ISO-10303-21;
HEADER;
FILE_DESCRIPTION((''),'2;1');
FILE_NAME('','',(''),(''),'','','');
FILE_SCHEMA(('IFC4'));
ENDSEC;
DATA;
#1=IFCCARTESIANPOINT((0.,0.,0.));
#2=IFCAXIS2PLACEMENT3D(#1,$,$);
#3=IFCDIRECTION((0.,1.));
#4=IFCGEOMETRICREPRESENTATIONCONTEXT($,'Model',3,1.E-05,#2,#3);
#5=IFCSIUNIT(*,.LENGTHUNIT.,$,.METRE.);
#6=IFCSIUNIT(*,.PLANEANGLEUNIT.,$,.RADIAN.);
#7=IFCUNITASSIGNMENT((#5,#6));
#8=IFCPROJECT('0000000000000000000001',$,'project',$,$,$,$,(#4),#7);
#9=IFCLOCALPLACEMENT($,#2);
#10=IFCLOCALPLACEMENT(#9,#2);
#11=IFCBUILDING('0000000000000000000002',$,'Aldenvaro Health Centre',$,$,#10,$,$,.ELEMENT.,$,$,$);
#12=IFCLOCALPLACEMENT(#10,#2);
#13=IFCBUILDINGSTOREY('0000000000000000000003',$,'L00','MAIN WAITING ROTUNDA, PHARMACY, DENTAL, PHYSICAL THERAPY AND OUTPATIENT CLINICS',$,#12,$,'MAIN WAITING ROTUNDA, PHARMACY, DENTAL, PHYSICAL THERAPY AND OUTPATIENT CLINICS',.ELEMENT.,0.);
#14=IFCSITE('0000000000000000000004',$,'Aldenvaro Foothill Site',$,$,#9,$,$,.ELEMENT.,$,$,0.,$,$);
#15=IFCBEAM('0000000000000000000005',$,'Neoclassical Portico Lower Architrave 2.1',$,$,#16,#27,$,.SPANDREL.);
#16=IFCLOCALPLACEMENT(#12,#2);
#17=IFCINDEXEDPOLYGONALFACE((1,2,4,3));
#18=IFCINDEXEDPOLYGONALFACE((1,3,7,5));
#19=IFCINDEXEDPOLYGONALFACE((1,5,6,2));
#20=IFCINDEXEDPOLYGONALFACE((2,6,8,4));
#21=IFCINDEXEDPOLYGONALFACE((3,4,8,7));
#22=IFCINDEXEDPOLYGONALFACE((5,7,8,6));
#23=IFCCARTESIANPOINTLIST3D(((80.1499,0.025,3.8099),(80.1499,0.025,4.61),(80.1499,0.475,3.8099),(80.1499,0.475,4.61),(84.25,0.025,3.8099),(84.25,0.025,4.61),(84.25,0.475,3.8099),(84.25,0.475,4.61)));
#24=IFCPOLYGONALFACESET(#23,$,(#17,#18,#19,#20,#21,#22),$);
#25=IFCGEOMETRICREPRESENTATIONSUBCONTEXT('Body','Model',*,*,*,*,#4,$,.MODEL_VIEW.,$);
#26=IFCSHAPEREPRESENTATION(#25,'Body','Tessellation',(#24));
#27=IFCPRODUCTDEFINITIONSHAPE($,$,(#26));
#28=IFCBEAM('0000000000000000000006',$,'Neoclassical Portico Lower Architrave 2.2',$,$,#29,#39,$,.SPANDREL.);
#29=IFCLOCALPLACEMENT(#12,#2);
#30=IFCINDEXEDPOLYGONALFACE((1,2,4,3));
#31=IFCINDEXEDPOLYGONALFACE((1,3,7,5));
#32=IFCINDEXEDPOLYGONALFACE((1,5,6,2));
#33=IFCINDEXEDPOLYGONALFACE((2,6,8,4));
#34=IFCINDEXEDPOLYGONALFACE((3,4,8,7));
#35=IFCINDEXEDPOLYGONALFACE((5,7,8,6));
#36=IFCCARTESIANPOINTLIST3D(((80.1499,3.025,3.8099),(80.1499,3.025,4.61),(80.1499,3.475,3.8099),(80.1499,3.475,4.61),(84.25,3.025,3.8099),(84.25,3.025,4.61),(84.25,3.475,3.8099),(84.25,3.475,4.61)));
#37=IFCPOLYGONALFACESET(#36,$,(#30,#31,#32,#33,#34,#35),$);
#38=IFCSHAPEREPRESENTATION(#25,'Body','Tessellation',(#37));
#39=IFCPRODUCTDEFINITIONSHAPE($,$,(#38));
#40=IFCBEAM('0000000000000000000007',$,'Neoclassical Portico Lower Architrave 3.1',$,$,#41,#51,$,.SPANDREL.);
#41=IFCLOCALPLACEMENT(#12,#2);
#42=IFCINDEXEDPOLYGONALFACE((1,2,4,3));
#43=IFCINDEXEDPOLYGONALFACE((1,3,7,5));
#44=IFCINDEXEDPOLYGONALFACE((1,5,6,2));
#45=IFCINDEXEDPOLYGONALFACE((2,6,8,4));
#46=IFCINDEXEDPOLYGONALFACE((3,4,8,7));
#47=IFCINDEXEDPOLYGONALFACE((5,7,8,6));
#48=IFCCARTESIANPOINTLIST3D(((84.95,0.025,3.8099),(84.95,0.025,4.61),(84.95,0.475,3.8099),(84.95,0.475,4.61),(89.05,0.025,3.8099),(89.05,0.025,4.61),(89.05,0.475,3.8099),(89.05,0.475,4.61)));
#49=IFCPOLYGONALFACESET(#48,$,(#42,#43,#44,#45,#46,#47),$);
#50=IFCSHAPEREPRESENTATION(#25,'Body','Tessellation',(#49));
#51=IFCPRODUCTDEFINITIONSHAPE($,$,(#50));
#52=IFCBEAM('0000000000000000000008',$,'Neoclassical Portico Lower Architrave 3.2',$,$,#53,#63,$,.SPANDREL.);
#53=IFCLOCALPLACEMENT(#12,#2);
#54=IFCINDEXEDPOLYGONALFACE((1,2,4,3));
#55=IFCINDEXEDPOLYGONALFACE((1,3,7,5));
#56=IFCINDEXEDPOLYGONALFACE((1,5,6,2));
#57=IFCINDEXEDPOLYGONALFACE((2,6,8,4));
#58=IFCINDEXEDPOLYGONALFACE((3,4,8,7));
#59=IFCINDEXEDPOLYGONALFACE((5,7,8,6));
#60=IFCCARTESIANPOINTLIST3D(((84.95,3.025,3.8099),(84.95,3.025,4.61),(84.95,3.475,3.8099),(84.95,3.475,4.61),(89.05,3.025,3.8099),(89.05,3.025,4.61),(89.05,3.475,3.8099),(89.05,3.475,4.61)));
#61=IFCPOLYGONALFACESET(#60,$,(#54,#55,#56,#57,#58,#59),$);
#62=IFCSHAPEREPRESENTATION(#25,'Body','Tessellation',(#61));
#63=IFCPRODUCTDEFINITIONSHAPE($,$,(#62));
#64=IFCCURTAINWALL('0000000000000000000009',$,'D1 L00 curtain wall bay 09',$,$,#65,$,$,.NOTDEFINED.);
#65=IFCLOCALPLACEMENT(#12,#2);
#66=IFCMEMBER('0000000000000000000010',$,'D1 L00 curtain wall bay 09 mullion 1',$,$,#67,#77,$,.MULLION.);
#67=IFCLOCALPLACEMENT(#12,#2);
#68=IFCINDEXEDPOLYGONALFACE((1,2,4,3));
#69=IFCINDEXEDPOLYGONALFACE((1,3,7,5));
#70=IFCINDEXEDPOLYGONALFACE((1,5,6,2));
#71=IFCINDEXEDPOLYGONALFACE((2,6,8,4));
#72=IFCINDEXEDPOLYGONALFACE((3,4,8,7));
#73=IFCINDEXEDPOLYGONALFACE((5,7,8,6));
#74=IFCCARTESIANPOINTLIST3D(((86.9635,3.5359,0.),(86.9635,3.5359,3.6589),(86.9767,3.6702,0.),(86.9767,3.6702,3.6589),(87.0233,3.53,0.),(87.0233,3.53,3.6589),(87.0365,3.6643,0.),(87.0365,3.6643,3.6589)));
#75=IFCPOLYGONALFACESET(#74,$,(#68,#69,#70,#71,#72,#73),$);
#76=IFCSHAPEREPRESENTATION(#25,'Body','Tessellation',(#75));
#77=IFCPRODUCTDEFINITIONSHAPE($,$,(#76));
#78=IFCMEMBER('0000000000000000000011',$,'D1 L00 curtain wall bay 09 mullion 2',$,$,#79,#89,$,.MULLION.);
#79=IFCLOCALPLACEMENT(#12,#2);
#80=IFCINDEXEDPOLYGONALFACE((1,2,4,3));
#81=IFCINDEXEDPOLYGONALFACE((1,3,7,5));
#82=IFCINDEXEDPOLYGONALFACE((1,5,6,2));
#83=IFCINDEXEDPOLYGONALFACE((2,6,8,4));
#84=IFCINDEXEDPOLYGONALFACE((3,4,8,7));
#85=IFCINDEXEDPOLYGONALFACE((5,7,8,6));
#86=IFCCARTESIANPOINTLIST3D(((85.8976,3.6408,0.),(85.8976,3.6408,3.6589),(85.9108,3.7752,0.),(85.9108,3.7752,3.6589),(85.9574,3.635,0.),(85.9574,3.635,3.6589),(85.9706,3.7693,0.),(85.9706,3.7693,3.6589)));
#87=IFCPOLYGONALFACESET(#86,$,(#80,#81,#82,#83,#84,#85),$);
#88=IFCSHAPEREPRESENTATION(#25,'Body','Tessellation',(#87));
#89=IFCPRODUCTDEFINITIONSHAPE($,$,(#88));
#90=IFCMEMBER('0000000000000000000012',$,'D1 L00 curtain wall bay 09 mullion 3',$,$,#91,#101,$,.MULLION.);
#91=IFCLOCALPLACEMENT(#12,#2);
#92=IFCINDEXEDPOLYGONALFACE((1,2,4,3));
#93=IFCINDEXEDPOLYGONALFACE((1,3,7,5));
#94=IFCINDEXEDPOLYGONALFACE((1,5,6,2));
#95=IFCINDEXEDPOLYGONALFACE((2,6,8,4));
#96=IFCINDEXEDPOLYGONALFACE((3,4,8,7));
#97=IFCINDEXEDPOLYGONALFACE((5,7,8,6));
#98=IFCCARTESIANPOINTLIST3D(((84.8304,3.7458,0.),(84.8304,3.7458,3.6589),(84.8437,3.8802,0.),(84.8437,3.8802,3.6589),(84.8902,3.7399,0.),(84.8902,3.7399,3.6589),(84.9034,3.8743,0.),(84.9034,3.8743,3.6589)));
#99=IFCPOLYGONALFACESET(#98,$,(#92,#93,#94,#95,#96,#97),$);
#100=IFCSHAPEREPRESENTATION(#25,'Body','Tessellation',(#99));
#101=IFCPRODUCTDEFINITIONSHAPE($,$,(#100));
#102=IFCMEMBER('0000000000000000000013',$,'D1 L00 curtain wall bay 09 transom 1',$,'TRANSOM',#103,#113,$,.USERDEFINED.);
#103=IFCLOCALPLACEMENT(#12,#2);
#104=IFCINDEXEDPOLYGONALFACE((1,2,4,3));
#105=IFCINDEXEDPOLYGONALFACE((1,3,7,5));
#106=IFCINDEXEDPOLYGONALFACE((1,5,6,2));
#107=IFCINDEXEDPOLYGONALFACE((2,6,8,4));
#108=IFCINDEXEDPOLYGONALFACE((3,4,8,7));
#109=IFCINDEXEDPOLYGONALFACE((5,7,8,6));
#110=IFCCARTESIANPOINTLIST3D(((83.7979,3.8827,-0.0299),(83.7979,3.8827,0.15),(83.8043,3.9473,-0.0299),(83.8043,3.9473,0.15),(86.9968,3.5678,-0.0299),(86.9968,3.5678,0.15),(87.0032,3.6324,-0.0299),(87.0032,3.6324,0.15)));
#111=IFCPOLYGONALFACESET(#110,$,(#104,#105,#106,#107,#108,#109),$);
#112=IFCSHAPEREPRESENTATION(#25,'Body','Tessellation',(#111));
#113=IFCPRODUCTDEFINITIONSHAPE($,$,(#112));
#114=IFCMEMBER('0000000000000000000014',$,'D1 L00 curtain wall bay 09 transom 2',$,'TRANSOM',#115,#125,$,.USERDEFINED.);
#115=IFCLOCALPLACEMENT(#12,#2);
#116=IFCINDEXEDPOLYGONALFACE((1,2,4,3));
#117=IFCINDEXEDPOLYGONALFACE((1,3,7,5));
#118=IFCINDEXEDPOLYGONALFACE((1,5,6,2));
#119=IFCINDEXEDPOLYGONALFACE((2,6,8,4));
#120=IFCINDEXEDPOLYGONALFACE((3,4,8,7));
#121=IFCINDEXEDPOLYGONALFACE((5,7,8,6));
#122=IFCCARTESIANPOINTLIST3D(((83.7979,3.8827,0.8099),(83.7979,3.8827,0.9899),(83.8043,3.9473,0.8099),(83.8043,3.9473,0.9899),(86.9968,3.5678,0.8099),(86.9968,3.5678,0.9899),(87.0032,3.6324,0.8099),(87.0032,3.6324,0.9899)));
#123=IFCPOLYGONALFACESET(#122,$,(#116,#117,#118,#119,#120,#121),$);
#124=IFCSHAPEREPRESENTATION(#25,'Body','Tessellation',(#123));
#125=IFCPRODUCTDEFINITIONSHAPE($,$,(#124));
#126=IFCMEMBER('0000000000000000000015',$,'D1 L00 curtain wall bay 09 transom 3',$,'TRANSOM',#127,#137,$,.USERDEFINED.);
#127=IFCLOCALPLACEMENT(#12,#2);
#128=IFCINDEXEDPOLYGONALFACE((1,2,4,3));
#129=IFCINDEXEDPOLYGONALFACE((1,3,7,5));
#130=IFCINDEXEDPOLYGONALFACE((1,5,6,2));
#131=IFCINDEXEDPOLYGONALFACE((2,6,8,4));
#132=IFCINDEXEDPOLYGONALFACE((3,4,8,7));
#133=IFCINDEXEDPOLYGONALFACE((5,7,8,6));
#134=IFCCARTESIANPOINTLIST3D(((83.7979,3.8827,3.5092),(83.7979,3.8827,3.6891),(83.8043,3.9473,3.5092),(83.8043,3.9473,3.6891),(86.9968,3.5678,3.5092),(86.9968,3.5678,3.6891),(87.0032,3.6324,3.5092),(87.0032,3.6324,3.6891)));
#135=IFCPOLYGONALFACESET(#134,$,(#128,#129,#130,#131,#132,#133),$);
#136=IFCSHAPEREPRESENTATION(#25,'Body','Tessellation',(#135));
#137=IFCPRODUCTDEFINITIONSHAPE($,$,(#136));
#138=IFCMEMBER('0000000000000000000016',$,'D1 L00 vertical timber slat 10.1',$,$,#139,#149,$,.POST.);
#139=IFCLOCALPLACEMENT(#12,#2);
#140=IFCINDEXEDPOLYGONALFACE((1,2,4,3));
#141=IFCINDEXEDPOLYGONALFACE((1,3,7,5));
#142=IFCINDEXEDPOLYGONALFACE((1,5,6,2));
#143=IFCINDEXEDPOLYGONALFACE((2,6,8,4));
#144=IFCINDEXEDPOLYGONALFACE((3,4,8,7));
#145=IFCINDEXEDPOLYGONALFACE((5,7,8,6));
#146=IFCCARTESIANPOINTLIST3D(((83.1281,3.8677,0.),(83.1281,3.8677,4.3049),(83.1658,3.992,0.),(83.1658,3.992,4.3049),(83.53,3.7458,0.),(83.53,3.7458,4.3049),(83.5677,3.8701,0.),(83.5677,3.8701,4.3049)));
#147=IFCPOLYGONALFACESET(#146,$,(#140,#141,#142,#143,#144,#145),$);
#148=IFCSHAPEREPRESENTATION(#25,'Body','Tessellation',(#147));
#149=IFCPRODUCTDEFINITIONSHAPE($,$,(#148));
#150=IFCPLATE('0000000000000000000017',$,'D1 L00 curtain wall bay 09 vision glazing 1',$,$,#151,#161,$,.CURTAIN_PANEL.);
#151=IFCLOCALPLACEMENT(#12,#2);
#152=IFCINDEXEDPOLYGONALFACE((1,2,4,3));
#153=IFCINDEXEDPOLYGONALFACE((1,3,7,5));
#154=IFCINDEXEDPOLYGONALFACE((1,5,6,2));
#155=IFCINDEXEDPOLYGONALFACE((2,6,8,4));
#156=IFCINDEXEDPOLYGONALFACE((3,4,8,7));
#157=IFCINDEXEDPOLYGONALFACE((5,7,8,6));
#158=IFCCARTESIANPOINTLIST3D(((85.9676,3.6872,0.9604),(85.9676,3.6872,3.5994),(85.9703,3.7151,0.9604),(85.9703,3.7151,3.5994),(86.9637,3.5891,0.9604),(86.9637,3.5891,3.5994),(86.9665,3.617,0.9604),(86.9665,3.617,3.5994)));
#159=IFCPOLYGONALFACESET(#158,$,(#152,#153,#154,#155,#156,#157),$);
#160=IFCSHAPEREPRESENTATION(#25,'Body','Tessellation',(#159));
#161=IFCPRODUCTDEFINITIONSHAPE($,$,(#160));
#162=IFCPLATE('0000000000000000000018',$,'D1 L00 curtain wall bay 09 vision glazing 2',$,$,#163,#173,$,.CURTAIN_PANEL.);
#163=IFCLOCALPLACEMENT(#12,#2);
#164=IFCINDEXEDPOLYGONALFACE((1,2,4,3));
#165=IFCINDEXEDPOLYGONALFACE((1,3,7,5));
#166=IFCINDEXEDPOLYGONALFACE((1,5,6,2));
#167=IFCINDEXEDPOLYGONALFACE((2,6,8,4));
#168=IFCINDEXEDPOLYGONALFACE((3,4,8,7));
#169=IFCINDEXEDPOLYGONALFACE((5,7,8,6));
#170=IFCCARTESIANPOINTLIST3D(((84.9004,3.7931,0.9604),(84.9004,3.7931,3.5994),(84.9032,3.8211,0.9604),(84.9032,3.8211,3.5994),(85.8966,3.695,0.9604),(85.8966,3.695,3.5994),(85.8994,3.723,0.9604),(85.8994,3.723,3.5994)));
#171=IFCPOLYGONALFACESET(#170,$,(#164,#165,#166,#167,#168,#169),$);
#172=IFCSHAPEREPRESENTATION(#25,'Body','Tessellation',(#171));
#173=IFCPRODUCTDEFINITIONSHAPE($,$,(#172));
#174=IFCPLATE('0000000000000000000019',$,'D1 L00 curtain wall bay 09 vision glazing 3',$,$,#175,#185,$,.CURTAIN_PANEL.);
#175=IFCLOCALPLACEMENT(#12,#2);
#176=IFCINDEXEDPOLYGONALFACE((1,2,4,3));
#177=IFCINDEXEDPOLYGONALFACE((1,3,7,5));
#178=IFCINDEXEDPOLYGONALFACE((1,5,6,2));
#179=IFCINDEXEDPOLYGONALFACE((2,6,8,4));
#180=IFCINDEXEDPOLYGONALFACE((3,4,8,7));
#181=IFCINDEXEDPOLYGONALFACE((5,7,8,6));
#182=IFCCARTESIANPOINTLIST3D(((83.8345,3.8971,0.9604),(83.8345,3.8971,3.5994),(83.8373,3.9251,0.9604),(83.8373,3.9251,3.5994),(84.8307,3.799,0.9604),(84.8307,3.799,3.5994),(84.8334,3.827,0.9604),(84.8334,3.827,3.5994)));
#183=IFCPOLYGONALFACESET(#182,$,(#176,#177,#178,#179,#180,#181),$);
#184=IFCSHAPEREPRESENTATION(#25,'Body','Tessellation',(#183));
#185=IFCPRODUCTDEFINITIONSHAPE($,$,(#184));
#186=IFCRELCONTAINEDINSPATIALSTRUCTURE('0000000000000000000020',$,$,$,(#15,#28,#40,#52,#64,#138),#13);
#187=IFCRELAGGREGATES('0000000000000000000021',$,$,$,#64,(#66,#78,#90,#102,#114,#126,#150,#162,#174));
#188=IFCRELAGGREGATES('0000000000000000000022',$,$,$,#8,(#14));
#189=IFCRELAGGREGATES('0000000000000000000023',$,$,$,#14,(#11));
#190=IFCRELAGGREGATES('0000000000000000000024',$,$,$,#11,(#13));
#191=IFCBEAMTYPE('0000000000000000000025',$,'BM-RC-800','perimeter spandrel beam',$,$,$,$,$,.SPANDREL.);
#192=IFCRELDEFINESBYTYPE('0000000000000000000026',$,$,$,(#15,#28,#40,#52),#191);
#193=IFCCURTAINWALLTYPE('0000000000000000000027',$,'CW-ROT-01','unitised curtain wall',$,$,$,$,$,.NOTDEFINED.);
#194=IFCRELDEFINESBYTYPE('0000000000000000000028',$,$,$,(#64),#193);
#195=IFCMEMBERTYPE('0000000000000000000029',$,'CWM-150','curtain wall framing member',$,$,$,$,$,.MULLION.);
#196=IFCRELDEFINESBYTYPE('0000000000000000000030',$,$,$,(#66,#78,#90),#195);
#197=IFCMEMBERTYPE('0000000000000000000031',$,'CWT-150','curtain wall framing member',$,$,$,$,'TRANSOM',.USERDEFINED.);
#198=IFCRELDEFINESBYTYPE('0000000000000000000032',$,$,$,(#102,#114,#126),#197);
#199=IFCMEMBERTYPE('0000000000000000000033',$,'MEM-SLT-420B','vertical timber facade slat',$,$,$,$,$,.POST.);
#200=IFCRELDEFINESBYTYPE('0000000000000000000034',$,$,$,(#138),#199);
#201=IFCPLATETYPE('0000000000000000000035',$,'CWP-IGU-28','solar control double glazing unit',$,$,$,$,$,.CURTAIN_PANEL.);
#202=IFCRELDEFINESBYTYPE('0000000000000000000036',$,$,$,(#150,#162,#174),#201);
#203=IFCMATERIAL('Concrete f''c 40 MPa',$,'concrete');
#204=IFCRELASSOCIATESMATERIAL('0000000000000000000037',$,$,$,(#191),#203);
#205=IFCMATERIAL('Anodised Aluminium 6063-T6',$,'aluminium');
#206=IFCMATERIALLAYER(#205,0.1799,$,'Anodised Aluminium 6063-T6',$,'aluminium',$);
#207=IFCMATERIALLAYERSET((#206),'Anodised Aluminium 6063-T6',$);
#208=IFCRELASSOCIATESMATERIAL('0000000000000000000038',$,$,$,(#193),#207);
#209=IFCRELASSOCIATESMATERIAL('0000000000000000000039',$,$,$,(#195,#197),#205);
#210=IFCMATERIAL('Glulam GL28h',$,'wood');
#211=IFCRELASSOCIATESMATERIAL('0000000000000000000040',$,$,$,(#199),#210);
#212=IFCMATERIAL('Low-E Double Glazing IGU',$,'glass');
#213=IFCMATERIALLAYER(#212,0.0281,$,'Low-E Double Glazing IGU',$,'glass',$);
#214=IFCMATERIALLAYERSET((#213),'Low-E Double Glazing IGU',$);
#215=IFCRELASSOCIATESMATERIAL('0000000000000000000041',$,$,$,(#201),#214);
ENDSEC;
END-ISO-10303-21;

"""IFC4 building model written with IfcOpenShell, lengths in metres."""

from ifc_helpers import new_model, si_unit, direction, frame, origin, origin_2d, place, context, subcontext, project, spatial, rectangle, extrude, material, layer, layer_set, material_profile, profile_set, type_object, element, aggregate, save


model = new_model("IFC4")

# Units and contexts
model_context = context("Model", 3, precision=1e-05, world=origin(), true_north=direction((0.0, 1.0)))
body_context = subcontext(model_context, "Body", "Model", "MODEL_VIEW")
ifc_project = project(units=[si_unit("LENGTHUNIT", "METRE"), si_unit("PLANEANGLEUNIT", "RADIAN")], contexts=[model_context])

# Site, building, storey
site_placement = place(None, origin())
site = spatial("IfcSite", under=ifc_project, at=site_placement, Name="Aldenvaro Foothill Site", CompositionType="ELEMENT", RefElevation=0.0)
building_placement = place(site_placement, origin())
building = spatial("IfcBuilding", under=site, at=building_placement, Name="Aldenvaro Health Centre", CompositionType="ELEMENT")
storey_placement = place(building_placement, origin())
storey = spatial("IfcBuildingStorey", under=building, at=storey_placement, Name="L00", Description="MAIN WAITING ROTUNDA, PHARMACY, DENTAL, PHYSICAL THERAPY AND OUTPATIENT CLINICS", LongName="MAIN WAITING ROTUNDA, PHARMACY, DENTAL, PHYSICAL THERAPY AND OUTPATIENT CLINICS", CompositionType="ELEMENT", Elevation=0.0)

# Shared definitions
ifc_material_1 = material(Name="Concrete f'c 40 MPa", Category="concrete")

# Beams
ifc_material_profile_1 = material_profile(ifc_material_1, rectangle(XDim=0.45, YDim=0.8, at=origin_2d()), Name="RC 450x800", Category="concrete")
ifc_profile_set_1 = profile_set([ifc_material_profile_1], Name="Concrete f'c 40 MPa")
beam_type = type_object("IfcBeamType", Name="BM-RC-800", Description="perimeter spandrel beam", PredefinedType="SPANDREL", material=ifc_profile_set_1)
for number, where, z_axis, x_axis, name in (
    (1, (80.1499, 0.25, 4.21), (1.0, 0.0, 0.0), (0.0, 1.0, 0.0), "Neoclassical Portico Lower Architrave 2.1"),
    (2, (80.1499, 3.25, 4.21), (1.0, 0.0, 0.0), (0.0, 1.0, 0.0), "Neoclassical Portico Lower Architrave 2.2"),
    (3, (84.95, 0.25, 4.21), (1.0, 0.0, 0.0), (0.0, 1.0, 0.0), "Neoclassical Portico Lower Architrave 3.1"),
    (4, (84.95, 3.25, 4.21), (1.0, 0.0, 0.0), (0.0, 1.0, 0.0), "Neoclassical Portico Lower Architrave 3.2"),
):
    element("IfcBeam", number, at=place(storey_placement, frame(where, z_axis=z_axis, x_axis=x_axis)), inside=storey, type_object=beam_type, Name=name, PredefinedType="SPANDREL", context=body_context, shape_type="SweptSolid", body=[
        extrude(rectangle(XDim=0.45, YDim=0.8, at=origin_2d()), origin(), (0.0, 0.0, 1.0), 4.1001),
    ])

# Curtain wall, members
ifc_material_2 = material(Name="Anodised Aluminium 6063-T6", Category="aluminium")
ifc_layer_1 = layer(ifc_material_2, 0.1799, Name="Anodised Aluminium 6063-T6", Category="aluminium")
ifc_layer_set_1 = layer_set([ifc_layer_1], Name="Anodised Aluminium 6063-T6")
curtain_wall_type = type_object("IfcCurtainWallType", Name="CW-ROT-01", Description="unitised curtain wall", PredefinedType="NOTDEFINED", material=ifc_layer_set_1)
curtain_wall_placement = place(storey_placement, origin())
curtain_wall = element("IfcCurtainWall", 5, at=curtain_wall_placement, inside=storey, type_object=curtain_wall_type, Name="D1 L00 curtain wall bay 09", PredefinedType="NOTDEFINED")
ifc_material_profile_2 = material_profile(ifc_material_2, rectangle(XDim=0.0601, YDim=0.135, at=origin_2d()), Name="ALU 60x135", Category="aluminium")
ifc_profile_set_2 = profile_set([ifc_material_profile_2], Name="Anodised Aluminium 6063-T6")
member_type_1 = type_object("IfcMemberType", Name="CWM-150", Description="curtain wall framing member", PredefinedType="MULLION", material=ifc_profile_set_2)
member_1_placement = place(storey_placement, frame((87.0, 3.6001, 0.0), z_axis=(0.0, 0.0, 1.0), x_axis=(-0.995187, 0.097994, 0.0)))
member_1 = element("IfcMember", 6, at=member_1_placement, type_object=member_type_1, Name="D1 L00 curtain wall bay 09 mullion 1", PredefinedType="MULLION", context=body_context, shape_type="SweptSolid", body=[
    extrude(rectangle(XDim=0.0601, YDim=0.135, at=origin_2d()), origin(), (0.0, 0.0, 1.0), 3.6589),
])
member_2_placement = place(storey_placement, frame((85.9341, 3.7051, 0.0), z_axis=(0.0, 0.0, 1.0), x_axis=(-0.995187, 0.097994, 0.0)))
member_2 = element("IfcMember", 7, at=member_2_placement, type_object=member_type_1, Name="D1 L00 curtain wall bay 09 mullion 2", PredefinedType="MULLION", context=body_context, shape_type="SweptSolid", body=[
    extrude(rectangle(XDim=0.0601, YDim=0.135, at=origin_2d()), origin(), (0.0, 0.0, 1.0), 3.6589),
])
member_3_placement = place(storey_placement, frame((84.8669, 3.8101, 0.0), z_axis=(0.0, 0.0, 1.0), x_axis=(-0.995187, 0.097994, 0.0)))
member_3 = element("IfcMember", 8, at=member_3_placement, type_object=member_type_1, Name="D1 L00 curtain wall bay 09 mullion 3", PredefinedType="MULLION", context=body_context, shape_type="SweptSolid", body=[
    extrude(rectangle(XDim=0.0601, YDim=0.135, at=origin_2d()), origin(), (0.0, 0.0, 1.0), 3.6589),
])
ifc_material_profile_3 = material_profile(ifc_material_2, rectangle(XDim=0.0649, YDim=0.1799, at=origin_2d()), Name="ALU 65x180", Category="aluminium")
ifc_profile_set_3 = profile_set([ifc_material_profile_3], Name="Anodised Aluminium 6063-T6")
member_type_2 = type_object("IfcMemberType", Name="CWT-150", Description="curtain wall framing member", ElementType="TRANSOM", PredefinedType="USERDEFINED", material=ifc_profile_set_3)
member_4_placement = place(storey_placement, frame((87.0, 3.6001, 0.0601), z_axis=(-0.995189, 0.097977, 0.0), x_axis=(-0.097977, -0.995189, 0.0)))
member_4 = element("IfcMember", 9, at=member_4_placement, type_object=member_type_2, Name="D1 L00 curtain wall bay 09 transom 1", ObjectType="TRANSOM", PredefinedType="USERDEFINED", context=body_context, shape_type="SweptSolid", body=[
    extrude(rectangle(XDim=0.0649, YDim=0.1799, at=origin_2d()), origin(), (0.0, 0.0, 1.0), 3.2144),
])
member_5_placement = place(storey_placement, frame((87.0, 3.6001, 0.8999), z_axis=(-0.995189, 0.097977, 0.0), x_axis=(-0.097977, -0.995189, 0.0)))
member_5 = element("IfcMember", 10, at=member_5_placement, type_object=member_type_2, Name="D1 L00 curtain wall bay 09 transom 2", ObjectType="TRANSOM", PredefinedType="USERDEFINED", context=body_context, shape_type="SweptSolid", body=[
    extrude(rectangle(XDim=0.0649, YDim=0.1799, at=origin_2d()), origin(), (0.0, 0.0, 1.0), 3.2144),
])
member_6_placement = place(storey_placement, frame((87.0, 3.6001, 3.5991), z_axis=(-0.995189, 0.097977, 0.0), x_axis=(-0.097977, -0.995189, 0.0)))
member_6 = element("IfcMember", 11, at=member_6_placement, type_object=member_type_2, Name="D1 L00 curtain wall bay 09 transom 3", ObjectType="TRANSOM", PredefinedType="USERDEFINED", context=body_context, shape_type="SweptSolid", body=[
    extrude(rectangle(XDim=0.0649, YDim=0.1799, at=origin_2d()), origin(), (0.0, 0.0, 1.0), 3.2144),
])

# Member
ifc_material_3 = material(Name="Glulam GL28h", Category="wood")
ifc_material_profile_4 = material_profile(ifc_material_3, rectangle(XDim=0.1299, YDim=0.4199, at=origin_2d()), Name="GL 130x420", Category="wood")
ifc_profile_set_4 = profile_set([ifc_material_profile_4], Name="Glulam GL28h")
member_type_3 = type_object("IfcMemberType", Name="MEM-SLT-420B", Description="vertical timber facade slat", PredefinedType="POST", material=ifc_profile_set_4)
member_7_placement = place(storey_placement, frame((83.3479, 3.8689, 0.0), z_axis=(0.0, 0.0, 1.0), x_axis=(-0.290171, -0.956975, 0.0)))
element("IfcMember", 12, at=member_7_placement, inside=storey, type_object=member_type_3, Name="D1 L00 vertical timber slat 10.1", PredefinedType="POST", context=body_context, shape_type="SweptSolid", body=[
    extrude(rectangle(XDim=0.1299, YDim=0.4199, at=origin_2d()), origin(), (0.0, 0.0, 1.0), 4.3049),
])

# Plates
ifc_material_4 = material(Name="Low-E Double Glazing IGU", Category="glass")
ifc_layer_2 = layer(ifc_material_4, 0.0281, Name="Low-E Double Glazing IGU", Category="glass")
ifc_layer_set_2 = layer_set([ifc_layer_2], Name="Low-E Double Glazing IGU")
plate_type_1 = type_object("IfcPlateType", Name="CWP-IGU-28", Description="solar control double glazing unit", PredefinedType="CURTAIN_PANEL", material=ifc_layer_set_2)
plate_1_placement = place(storey_placement, frame((86.467, 3.6521, 0.9604), z_axis=(0.0, 0.0, 1.0), x_axis=(-0.995187, 0.097994, 0.0)))
plate_1 = element("IfcPlate", 13, at=plate_1_placement, type_object=plate_type_1, Name="D1 L00 curtain wall bay 09 vision glazing 1", PredefinedType="CURTAIN_PANEL", context=body_context, shape_type="SweptSolid", body=[
    extrude(rectangle(XDim=1.001, YDim=0.0281, at=origin_2d()), origin(), (0.0, 0.0, 1.0), 2.6389),
])
plate_2_placement = place(storey_placement, frame((85.3999, 3.7581, 0.9604), z_axis=(0.0, 0.0, 1.0), x_axis=(-0.995187, 0.097994, 0.0)))
plate_2 = element("IfcPlate", 14, at=plate_2_placement, type_object=plate_type_1, Name="D1 L00 curtain wall bay 09 vision glazing 2", PredefinedType="CURTAIN_PANEL", context=body_context, shape_type="SweptSolid", body=[
    extrude(rectangle(XDim=1.001, YDim=0.0281, at=origin_2d()), origin(), (0.0, 0.0, 1.0), 2.6389),
])
plate_3_placement = place(storey_placement, frame((84.334, 3.8621, 0.9604), z_axis=(0.0, 0.0, 1.0), x_axis=(-0.995187, 0.097994, 0.0)))
plate_3 = element("IfcPlate", 15, at=plate_3_placement, type_object=plate_type_1, Name="D1 L00 curtain wall bay 09 vision glazing 3", PredefinedType="CURTAIN_PANEL", context=body_context, shape_type="SweptSolid", body=[
    extrude(rectangle(XDim=1.001, YDim=0.0281, at=origin_2d()), origin(), (0.0, 0.0, 1.0), 2.6389),
])
aggregate(curtain_wall, [member_1, member_2, member_3, member_4, member_5, member_6, plate_1, plate_2, plate_3])

save(model, "model.ifc")
